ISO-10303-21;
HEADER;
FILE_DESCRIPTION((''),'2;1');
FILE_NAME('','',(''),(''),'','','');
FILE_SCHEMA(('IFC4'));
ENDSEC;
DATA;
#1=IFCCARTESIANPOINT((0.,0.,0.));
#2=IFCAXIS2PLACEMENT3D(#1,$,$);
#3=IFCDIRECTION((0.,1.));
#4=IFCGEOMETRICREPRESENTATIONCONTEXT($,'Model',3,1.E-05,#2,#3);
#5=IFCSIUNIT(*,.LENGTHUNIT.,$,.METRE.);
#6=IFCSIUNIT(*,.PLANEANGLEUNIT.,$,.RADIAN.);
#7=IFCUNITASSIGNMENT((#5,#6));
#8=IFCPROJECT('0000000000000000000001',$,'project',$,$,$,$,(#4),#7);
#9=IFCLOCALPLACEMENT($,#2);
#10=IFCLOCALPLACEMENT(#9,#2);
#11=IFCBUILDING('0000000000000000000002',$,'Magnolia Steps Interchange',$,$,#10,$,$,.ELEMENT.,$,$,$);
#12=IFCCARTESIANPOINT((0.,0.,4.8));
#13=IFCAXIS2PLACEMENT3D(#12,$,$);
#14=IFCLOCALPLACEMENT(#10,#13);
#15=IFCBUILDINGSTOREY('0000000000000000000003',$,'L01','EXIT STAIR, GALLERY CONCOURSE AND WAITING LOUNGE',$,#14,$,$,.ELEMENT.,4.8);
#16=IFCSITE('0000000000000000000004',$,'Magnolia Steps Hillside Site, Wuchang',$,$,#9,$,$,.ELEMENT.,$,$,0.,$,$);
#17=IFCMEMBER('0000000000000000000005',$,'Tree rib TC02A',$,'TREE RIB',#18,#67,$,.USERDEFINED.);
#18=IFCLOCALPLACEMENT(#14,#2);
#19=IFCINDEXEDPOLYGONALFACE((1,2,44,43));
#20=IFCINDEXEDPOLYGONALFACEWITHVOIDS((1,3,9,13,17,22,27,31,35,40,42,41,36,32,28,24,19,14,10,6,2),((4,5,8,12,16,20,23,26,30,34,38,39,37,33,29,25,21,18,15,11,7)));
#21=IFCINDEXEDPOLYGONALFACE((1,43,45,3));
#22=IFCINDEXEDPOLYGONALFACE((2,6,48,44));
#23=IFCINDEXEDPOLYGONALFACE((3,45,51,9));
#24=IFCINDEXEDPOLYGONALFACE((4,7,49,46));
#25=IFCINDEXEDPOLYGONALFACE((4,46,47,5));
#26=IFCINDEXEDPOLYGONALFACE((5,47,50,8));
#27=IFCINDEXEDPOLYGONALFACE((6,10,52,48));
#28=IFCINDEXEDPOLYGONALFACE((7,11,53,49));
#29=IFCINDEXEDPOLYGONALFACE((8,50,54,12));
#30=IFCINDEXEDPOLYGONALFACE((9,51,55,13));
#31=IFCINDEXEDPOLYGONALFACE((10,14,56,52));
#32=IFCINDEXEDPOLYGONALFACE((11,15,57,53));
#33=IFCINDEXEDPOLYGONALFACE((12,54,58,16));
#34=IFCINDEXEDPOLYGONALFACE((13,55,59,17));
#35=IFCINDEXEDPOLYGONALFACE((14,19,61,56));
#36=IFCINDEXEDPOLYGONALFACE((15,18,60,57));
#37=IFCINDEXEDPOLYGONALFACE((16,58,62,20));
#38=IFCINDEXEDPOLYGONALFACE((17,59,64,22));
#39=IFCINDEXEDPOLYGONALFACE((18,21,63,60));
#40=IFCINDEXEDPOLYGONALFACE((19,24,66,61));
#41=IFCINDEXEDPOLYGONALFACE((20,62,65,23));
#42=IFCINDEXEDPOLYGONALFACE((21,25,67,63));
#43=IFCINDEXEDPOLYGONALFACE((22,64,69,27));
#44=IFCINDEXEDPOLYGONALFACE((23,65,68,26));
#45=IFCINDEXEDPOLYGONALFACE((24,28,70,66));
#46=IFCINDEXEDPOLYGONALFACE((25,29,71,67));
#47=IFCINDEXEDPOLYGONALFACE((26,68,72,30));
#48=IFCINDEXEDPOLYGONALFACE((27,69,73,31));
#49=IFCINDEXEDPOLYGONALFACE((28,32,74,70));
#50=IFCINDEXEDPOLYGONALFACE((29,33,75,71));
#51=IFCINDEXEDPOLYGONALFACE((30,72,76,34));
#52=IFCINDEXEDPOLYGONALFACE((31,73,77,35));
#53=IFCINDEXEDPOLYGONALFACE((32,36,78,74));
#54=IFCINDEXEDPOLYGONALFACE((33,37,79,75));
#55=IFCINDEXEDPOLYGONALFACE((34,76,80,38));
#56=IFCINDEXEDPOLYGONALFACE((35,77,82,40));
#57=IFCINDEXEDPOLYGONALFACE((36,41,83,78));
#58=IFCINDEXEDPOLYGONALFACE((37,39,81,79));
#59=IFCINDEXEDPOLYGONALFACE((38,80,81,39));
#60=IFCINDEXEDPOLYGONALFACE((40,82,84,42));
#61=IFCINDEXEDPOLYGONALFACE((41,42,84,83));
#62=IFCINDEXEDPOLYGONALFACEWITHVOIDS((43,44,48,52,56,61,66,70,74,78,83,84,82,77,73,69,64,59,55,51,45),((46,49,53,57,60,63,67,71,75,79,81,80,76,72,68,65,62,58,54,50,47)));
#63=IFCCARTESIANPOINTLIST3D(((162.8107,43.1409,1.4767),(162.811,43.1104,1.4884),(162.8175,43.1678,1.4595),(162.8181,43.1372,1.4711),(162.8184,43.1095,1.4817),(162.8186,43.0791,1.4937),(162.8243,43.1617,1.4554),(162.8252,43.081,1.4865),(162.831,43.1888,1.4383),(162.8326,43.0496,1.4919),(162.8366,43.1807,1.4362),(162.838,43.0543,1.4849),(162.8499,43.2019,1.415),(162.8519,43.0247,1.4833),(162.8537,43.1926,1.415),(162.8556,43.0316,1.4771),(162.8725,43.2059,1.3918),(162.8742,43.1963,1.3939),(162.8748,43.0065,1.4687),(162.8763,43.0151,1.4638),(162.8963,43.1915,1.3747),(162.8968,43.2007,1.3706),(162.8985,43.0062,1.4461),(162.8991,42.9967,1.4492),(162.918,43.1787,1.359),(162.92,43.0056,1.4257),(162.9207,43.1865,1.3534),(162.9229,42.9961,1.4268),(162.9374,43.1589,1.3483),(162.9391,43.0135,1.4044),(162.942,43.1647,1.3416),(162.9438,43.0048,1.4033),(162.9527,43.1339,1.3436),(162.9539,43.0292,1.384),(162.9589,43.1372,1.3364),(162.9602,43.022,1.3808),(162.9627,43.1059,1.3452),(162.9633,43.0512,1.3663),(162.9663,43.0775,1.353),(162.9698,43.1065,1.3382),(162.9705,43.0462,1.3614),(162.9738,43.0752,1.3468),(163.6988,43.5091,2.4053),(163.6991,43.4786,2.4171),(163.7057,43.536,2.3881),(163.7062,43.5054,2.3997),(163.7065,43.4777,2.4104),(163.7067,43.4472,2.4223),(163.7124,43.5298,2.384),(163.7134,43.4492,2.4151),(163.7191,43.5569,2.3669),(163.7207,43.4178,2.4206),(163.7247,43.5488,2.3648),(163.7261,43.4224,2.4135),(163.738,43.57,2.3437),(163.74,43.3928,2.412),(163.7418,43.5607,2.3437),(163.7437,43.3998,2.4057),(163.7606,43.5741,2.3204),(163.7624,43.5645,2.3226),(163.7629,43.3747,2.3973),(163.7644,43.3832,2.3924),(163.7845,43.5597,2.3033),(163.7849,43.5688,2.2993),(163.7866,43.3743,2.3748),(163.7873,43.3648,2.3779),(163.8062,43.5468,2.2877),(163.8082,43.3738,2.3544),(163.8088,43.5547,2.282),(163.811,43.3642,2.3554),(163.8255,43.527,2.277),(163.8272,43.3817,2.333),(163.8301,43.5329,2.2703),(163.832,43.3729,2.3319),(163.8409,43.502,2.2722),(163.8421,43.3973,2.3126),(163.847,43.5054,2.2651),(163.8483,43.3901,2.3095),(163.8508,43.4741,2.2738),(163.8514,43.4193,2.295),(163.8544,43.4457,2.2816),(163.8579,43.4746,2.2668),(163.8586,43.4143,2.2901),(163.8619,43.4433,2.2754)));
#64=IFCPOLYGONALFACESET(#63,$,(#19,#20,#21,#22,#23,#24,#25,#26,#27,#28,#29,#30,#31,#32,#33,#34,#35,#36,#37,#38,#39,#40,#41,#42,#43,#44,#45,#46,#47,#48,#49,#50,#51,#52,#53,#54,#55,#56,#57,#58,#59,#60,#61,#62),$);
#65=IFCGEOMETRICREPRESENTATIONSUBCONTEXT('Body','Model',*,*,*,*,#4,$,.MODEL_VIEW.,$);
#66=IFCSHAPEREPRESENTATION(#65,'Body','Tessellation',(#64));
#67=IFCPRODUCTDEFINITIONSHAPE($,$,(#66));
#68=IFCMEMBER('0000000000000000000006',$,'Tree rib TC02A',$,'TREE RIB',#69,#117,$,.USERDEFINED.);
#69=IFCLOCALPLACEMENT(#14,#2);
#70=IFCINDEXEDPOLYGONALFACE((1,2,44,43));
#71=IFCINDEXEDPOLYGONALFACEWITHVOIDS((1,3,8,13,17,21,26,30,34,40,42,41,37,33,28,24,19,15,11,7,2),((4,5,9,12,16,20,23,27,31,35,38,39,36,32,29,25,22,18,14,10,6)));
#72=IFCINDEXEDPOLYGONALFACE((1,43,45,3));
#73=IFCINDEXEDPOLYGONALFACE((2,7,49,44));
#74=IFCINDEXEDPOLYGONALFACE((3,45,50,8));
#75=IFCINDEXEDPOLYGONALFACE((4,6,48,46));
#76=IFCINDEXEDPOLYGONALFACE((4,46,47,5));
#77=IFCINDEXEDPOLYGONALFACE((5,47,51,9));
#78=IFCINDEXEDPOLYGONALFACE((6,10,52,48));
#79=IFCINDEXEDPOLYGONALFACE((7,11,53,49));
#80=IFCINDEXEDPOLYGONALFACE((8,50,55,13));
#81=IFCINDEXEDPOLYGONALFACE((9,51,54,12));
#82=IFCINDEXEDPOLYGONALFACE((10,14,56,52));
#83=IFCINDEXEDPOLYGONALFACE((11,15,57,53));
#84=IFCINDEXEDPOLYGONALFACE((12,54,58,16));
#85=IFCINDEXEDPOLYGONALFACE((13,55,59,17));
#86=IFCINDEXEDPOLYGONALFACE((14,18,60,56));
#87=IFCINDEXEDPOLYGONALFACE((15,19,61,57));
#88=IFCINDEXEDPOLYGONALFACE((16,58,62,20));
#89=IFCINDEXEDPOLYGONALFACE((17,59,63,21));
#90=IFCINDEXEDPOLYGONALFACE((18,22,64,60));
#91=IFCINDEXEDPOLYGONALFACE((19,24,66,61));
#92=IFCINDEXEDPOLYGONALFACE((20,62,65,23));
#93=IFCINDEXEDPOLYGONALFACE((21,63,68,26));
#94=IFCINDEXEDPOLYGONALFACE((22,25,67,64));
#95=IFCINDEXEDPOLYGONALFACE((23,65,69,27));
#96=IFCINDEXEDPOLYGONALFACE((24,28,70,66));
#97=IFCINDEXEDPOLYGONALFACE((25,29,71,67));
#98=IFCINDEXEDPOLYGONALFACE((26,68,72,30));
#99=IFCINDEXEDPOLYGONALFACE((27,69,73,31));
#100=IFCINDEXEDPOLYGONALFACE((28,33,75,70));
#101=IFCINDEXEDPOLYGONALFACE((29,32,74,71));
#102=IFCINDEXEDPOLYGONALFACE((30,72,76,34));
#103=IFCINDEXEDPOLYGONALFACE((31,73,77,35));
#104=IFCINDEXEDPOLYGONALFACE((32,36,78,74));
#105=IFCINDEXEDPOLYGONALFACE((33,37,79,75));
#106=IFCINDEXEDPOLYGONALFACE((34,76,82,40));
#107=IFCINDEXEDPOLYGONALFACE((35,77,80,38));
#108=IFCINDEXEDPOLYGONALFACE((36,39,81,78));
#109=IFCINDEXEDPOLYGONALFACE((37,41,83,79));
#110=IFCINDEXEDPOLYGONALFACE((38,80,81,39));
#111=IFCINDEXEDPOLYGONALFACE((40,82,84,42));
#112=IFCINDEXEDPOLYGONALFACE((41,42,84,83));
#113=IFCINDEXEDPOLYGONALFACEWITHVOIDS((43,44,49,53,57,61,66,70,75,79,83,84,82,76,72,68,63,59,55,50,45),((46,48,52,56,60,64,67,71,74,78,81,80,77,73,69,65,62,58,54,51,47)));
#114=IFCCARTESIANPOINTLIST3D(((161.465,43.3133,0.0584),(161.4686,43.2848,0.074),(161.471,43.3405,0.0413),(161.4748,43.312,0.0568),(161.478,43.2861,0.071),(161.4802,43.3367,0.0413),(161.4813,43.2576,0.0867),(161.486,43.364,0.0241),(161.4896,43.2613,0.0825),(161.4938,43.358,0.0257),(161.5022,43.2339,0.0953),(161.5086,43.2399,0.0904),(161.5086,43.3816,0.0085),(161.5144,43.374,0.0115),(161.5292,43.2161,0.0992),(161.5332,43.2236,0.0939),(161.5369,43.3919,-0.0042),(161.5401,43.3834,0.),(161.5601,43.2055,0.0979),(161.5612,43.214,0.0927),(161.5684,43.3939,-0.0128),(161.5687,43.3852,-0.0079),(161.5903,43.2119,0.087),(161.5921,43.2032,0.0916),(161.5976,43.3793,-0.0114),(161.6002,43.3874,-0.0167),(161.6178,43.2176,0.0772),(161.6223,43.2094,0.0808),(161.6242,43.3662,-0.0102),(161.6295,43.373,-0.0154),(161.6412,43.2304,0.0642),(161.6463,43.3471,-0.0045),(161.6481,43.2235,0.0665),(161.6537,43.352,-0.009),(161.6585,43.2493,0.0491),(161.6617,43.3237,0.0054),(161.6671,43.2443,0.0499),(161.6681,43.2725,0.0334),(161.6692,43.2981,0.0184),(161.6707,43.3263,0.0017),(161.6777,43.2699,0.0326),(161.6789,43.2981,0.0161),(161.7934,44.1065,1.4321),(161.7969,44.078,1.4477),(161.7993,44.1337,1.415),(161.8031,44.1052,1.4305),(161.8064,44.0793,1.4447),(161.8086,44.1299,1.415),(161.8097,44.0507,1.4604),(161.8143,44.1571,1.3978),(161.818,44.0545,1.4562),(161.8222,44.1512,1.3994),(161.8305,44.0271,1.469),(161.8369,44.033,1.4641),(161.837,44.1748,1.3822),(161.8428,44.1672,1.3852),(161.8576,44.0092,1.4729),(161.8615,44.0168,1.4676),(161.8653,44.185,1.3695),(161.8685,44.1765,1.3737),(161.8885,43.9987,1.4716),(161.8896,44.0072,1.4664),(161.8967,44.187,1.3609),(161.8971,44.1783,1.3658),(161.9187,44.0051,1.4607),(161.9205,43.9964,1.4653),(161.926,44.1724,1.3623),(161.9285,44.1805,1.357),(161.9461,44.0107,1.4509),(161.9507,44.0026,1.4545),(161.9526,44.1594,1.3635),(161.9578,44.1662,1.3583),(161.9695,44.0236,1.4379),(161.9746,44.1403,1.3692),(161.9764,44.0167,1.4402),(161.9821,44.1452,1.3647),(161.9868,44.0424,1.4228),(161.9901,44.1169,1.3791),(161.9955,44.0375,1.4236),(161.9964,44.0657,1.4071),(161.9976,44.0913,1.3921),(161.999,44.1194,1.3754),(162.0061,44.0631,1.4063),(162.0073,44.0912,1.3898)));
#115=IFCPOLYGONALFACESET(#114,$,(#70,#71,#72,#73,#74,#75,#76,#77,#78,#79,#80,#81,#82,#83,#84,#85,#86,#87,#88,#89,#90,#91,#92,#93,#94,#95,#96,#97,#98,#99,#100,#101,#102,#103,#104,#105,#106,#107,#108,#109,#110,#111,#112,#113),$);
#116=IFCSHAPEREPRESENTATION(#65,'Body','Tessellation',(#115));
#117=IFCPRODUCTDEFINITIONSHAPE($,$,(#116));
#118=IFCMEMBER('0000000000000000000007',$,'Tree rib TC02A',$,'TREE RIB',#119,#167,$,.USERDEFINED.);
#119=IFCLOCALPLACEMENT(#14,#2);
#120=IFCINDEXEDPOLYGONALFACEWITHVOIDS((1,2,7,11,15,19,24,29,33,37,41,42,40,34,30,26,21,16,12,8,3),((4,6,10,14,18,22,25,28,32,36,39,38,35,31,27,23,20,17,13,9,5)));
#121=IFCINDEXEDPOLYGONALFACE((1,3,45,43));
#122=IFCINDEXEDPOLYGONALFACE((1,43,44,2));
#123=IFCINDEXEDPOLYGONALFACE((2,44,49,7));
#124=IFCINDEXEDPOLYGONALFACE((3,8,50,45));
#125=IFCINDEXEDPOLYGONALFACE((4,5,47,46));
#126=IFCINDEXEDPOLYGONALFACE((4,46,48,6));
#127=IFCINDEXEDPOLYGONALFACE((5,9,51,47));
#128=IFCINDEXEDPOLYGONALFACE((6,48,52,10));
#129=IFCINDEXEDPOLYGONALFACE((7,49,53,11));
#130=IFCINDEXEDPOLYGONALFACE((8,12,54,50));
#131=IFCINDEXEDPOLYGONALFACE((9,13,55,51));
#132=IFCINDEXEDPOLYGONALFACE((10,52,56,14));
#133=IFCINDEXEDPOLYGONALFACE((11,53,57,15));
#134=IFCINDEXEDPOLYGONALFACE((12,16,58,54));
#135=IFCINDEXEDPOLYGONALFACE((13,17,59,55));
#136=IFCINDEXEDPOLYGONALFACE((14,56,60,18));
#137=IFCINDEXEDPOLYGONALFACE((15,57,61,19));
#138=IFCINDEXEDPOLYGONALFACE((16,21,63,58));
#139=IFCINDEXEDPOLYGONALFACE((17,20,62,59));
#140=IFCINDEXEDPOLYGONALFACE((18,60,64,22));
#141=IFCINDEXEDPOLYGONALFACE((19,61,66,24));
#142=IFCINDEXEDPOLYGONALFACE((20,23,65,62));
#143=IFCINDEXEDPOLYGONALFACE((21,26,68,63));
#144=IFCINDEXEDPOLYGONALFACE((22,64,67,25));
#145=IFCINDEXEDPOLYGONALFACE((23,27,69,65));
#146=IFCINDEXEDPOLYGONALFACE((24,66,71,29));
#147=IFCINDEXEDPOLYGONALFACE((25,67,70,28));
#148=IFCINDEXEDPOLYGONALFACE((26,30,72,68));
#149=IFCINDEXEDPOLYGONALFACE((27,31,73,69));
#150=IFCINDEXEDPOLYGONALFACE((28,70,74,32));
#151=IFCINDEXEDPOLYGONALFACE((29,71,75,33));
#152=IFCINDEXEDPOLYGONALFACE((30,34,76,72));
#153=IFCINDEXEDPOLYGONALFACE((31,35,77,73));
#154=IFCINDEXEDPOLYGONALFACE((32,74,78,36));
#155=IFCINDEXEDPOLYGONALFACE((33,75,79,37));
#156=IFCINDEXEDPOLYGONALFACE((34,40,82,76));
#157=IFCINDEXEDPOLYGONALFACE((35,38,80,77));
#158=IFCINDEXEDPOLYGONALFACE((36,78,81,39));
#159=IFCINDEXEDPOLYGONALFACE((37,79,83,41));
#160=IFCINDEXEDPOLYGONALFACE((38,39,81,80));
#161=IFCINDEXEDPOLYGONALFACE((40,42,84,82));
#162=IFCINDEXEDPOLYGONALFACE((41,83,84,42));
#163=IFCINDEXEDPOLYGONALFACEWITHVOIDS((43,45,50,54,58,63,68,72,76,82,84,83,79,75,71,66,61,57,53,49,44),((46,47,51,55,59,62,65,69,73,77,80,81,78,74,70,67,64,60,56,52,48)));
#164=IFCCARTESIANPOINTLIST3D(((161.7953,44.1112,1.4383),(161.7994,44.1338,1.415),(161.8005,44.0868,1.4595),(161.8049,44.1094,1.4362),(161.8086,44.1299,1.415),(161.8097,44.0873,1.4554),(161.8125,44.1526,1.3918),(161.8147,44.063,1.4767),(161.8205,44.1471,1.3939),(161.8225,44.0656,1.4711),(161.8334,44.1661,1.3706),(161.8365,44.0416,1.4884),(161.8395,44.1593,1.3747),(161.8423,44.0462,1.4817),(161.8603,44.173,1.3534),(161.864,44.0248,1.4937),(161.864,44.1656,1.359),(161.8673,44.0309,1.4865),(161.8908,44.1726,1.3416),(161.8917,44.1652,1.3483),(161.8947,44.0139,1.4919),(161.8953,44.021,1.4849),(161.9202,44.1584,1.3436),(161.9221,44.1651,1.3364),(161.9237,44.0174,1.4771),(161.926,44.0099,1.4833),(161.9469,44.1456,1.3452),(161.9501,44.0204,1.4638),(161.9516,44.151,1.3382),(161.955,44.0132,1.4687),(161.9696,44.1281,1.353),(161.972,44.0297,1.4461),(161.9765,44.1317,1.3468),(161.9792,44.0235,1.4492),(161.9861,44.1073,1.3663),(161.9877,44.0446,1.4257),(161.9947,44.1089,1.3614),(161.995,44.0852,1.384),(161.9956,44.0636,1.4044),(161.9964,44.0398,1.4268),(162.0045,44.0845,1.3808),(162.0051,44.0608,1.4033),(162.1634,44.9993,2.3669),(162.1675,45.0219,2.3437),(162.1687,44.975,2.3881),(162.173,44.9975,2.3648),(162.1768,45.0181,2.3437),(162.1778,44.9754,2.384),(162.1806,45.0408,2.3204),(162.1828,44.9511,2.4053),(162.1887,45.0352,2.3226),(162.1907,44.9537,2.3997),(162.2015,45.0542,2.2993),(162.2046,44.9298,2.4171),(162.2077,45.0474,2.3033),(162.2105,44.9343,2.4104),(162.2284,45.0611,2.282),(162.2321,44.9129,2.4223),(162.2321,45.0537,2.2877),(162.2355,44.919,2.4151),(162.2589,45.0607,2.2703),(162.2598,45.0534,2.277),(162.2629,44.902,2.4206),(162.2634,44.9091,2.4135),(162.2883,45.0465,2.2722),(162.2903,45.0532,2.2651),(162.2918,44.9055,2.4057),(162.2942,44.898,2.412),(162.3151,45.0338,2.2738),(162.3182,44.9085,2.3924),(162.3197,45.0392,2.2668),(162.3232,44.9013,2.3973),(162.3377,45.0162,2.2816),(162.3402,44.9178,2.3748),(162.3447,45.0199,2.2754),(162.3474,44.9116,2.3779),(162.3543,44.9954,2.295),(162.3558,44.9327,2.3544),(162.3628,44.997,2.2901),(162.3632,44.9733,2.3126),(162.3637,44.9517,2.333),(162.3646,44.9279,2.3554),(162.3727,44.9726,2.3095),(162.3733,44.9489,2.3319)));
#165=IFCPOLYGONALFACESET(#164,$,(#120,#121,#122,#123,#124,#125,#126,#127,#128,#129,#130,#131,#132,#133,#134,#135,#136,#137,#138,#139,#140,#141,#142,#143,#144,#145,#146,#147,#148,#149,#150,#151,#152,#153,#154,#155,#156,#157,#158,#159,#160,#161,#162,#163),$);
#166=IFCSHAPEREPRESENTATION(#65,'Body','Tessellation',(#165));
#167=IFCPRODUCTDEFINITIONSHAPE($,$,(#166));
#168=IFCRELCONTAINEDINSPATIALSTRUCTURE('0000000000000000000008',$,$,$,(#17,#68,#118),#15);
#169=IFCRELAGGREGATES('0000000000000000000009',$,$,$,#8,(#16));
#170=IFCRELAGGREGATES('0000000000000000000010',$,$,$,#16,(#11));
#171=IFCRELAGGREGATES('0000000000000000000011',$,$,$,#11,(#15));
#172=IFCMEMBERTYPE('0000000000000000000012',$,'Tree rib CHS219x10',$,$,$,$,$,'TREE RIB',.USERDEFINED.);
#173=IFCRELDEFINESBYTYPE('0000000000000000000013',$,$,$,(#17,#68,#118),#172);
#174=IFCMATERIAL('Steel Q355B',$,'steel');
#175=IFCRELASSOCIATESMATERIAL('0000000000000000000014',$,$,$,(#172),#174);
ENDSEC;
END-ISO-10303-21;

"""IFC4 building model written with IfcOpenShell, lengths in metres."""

from ifc_helpers import new_model, si_unit, direction, frame, origin, origin_2d, place, context, subcontext, project, spatial, hollow_circle, extrude, material, material_profile, profile_set, type_object, element, save


model = new_model("IFC4")

# Units and contexts
model_context = context("Model", 3, precision=1e-05, world=origin(), true_north=direction((0.0, 1.0)))
body_context = subcontext(model_context, "Body", "Model", "MODEL_VIEW")
ifc_project = project(units=[si_unit("LENGTHUNIT", "METRE"), si_unit("PLANEANGLEUNIT", "RADIAN")], contexts=[model_context])

# Site, building, storey
site_placement = place(None, origin())
site = spatial("IfcSite", under=ifc_project, at=site_placement, Name="Magnolia Steps Hillside Site, Wuchang", CompositionType="ELEMENT", RefElevation=0.0)
building_placement = place(site_placement, origin())
building = spatial("IfcBuilding", under=site, at=building_placement, Name="Magnolia Steps Interchange", CompositionType="ELEMENT")
storey_placement = place(building_placement, frame((0.0, 0.0, 4.8)))
storey = spatial("IfcBuildingStorey", under=building, at=storey_placement, Name="L01", Description="EXIT STAIR, GALLERY CONCOURSE AND WAITING LOUNGE", CompositionType="ELEMENT", Elevation=4.8)

# Members
ifc_material_1 = material(Name="Steel Q355B", Category="steel")
ifc_material_profile_1 = material_profile(ifc_material_1, hollow_circle(Radius=0.1096, WallThickness=0.01, at=origin_2d()), Name="CHS219x10")
ifc_profile_set_1 = profile_set([ifc_material_profile_1], Name="Steel Q355B")
member_type = type_object("IfcMemberType", Name="Tree rib CHS219x10", ElementType="TREE RIB", PredefinedType="USERDEFINED", material=ifc_profile_set_1)
member_1_placement = place(storey_placement, frame((162.8918, 43.1006, 1.415), z_axis=(0.664432, 0.275416, 0.694749), x_axis=(-0.38292, 0.923782, 0.0)))
element("IfcMember", 1, at=member_1_placement, inside=storey, type_object=member_type, Name="Tree rib TC02A", ObjectType="TREE RIB", PredefinedType="USERDEFINED", context=body_context, shape_type="SweptSolid", body=[
    extrude(hollow_circle(Radius=0.1096, WallThickness=0.01, at=origin_2d()), origin(), (0.0, 0.0, 1.0), 1.3367),
])
member_2_placement = place(storey_placement, frame((161.5723, 43.2986, 0.0413), z_axis=(0.202702, 0.489649, 0.848031), x_axis=(-0.923958, 0.382494, 0.0)))
element("IfcMember", 2, at=member_2_placement, inside=storey, type_object=member_type, Name="Tree rib TC02A", ObjectType="TREE RIB", PredefinedType="USERDEFINED", context=body_context, shape_type="SweptSolid", body=[
    extrude(hollow_circle(Radius=0.1096, WallThickness=0.01, at=origin_2d()), origin(), (0.0, 0.0, 1.0), 1.6199),
])
member_3_placement = place(storey_placement, frame((161.9006, 44.0918, 1.415), z_axis=(0.275416, 0.664432, 0.694749), x_axis=(-0.923782, 0.38292, 0.0)))
element("IfcMember", 3, at=member_3_placement, inside=storey, type_object=member_type, Name="Tree rib TC02A", ObjectType="TREE RIB", PredefinedType="USERDEFINED", context=body_context, shape_type="SweptSolid", body=[
    extrude(hollow_circle(Radius=0.1096, WallThickness=0.01, at=origin_2d()), origin(), (0.0, 0.0, 1.0), 1.3367),
])

save(model, "model.ifc")
